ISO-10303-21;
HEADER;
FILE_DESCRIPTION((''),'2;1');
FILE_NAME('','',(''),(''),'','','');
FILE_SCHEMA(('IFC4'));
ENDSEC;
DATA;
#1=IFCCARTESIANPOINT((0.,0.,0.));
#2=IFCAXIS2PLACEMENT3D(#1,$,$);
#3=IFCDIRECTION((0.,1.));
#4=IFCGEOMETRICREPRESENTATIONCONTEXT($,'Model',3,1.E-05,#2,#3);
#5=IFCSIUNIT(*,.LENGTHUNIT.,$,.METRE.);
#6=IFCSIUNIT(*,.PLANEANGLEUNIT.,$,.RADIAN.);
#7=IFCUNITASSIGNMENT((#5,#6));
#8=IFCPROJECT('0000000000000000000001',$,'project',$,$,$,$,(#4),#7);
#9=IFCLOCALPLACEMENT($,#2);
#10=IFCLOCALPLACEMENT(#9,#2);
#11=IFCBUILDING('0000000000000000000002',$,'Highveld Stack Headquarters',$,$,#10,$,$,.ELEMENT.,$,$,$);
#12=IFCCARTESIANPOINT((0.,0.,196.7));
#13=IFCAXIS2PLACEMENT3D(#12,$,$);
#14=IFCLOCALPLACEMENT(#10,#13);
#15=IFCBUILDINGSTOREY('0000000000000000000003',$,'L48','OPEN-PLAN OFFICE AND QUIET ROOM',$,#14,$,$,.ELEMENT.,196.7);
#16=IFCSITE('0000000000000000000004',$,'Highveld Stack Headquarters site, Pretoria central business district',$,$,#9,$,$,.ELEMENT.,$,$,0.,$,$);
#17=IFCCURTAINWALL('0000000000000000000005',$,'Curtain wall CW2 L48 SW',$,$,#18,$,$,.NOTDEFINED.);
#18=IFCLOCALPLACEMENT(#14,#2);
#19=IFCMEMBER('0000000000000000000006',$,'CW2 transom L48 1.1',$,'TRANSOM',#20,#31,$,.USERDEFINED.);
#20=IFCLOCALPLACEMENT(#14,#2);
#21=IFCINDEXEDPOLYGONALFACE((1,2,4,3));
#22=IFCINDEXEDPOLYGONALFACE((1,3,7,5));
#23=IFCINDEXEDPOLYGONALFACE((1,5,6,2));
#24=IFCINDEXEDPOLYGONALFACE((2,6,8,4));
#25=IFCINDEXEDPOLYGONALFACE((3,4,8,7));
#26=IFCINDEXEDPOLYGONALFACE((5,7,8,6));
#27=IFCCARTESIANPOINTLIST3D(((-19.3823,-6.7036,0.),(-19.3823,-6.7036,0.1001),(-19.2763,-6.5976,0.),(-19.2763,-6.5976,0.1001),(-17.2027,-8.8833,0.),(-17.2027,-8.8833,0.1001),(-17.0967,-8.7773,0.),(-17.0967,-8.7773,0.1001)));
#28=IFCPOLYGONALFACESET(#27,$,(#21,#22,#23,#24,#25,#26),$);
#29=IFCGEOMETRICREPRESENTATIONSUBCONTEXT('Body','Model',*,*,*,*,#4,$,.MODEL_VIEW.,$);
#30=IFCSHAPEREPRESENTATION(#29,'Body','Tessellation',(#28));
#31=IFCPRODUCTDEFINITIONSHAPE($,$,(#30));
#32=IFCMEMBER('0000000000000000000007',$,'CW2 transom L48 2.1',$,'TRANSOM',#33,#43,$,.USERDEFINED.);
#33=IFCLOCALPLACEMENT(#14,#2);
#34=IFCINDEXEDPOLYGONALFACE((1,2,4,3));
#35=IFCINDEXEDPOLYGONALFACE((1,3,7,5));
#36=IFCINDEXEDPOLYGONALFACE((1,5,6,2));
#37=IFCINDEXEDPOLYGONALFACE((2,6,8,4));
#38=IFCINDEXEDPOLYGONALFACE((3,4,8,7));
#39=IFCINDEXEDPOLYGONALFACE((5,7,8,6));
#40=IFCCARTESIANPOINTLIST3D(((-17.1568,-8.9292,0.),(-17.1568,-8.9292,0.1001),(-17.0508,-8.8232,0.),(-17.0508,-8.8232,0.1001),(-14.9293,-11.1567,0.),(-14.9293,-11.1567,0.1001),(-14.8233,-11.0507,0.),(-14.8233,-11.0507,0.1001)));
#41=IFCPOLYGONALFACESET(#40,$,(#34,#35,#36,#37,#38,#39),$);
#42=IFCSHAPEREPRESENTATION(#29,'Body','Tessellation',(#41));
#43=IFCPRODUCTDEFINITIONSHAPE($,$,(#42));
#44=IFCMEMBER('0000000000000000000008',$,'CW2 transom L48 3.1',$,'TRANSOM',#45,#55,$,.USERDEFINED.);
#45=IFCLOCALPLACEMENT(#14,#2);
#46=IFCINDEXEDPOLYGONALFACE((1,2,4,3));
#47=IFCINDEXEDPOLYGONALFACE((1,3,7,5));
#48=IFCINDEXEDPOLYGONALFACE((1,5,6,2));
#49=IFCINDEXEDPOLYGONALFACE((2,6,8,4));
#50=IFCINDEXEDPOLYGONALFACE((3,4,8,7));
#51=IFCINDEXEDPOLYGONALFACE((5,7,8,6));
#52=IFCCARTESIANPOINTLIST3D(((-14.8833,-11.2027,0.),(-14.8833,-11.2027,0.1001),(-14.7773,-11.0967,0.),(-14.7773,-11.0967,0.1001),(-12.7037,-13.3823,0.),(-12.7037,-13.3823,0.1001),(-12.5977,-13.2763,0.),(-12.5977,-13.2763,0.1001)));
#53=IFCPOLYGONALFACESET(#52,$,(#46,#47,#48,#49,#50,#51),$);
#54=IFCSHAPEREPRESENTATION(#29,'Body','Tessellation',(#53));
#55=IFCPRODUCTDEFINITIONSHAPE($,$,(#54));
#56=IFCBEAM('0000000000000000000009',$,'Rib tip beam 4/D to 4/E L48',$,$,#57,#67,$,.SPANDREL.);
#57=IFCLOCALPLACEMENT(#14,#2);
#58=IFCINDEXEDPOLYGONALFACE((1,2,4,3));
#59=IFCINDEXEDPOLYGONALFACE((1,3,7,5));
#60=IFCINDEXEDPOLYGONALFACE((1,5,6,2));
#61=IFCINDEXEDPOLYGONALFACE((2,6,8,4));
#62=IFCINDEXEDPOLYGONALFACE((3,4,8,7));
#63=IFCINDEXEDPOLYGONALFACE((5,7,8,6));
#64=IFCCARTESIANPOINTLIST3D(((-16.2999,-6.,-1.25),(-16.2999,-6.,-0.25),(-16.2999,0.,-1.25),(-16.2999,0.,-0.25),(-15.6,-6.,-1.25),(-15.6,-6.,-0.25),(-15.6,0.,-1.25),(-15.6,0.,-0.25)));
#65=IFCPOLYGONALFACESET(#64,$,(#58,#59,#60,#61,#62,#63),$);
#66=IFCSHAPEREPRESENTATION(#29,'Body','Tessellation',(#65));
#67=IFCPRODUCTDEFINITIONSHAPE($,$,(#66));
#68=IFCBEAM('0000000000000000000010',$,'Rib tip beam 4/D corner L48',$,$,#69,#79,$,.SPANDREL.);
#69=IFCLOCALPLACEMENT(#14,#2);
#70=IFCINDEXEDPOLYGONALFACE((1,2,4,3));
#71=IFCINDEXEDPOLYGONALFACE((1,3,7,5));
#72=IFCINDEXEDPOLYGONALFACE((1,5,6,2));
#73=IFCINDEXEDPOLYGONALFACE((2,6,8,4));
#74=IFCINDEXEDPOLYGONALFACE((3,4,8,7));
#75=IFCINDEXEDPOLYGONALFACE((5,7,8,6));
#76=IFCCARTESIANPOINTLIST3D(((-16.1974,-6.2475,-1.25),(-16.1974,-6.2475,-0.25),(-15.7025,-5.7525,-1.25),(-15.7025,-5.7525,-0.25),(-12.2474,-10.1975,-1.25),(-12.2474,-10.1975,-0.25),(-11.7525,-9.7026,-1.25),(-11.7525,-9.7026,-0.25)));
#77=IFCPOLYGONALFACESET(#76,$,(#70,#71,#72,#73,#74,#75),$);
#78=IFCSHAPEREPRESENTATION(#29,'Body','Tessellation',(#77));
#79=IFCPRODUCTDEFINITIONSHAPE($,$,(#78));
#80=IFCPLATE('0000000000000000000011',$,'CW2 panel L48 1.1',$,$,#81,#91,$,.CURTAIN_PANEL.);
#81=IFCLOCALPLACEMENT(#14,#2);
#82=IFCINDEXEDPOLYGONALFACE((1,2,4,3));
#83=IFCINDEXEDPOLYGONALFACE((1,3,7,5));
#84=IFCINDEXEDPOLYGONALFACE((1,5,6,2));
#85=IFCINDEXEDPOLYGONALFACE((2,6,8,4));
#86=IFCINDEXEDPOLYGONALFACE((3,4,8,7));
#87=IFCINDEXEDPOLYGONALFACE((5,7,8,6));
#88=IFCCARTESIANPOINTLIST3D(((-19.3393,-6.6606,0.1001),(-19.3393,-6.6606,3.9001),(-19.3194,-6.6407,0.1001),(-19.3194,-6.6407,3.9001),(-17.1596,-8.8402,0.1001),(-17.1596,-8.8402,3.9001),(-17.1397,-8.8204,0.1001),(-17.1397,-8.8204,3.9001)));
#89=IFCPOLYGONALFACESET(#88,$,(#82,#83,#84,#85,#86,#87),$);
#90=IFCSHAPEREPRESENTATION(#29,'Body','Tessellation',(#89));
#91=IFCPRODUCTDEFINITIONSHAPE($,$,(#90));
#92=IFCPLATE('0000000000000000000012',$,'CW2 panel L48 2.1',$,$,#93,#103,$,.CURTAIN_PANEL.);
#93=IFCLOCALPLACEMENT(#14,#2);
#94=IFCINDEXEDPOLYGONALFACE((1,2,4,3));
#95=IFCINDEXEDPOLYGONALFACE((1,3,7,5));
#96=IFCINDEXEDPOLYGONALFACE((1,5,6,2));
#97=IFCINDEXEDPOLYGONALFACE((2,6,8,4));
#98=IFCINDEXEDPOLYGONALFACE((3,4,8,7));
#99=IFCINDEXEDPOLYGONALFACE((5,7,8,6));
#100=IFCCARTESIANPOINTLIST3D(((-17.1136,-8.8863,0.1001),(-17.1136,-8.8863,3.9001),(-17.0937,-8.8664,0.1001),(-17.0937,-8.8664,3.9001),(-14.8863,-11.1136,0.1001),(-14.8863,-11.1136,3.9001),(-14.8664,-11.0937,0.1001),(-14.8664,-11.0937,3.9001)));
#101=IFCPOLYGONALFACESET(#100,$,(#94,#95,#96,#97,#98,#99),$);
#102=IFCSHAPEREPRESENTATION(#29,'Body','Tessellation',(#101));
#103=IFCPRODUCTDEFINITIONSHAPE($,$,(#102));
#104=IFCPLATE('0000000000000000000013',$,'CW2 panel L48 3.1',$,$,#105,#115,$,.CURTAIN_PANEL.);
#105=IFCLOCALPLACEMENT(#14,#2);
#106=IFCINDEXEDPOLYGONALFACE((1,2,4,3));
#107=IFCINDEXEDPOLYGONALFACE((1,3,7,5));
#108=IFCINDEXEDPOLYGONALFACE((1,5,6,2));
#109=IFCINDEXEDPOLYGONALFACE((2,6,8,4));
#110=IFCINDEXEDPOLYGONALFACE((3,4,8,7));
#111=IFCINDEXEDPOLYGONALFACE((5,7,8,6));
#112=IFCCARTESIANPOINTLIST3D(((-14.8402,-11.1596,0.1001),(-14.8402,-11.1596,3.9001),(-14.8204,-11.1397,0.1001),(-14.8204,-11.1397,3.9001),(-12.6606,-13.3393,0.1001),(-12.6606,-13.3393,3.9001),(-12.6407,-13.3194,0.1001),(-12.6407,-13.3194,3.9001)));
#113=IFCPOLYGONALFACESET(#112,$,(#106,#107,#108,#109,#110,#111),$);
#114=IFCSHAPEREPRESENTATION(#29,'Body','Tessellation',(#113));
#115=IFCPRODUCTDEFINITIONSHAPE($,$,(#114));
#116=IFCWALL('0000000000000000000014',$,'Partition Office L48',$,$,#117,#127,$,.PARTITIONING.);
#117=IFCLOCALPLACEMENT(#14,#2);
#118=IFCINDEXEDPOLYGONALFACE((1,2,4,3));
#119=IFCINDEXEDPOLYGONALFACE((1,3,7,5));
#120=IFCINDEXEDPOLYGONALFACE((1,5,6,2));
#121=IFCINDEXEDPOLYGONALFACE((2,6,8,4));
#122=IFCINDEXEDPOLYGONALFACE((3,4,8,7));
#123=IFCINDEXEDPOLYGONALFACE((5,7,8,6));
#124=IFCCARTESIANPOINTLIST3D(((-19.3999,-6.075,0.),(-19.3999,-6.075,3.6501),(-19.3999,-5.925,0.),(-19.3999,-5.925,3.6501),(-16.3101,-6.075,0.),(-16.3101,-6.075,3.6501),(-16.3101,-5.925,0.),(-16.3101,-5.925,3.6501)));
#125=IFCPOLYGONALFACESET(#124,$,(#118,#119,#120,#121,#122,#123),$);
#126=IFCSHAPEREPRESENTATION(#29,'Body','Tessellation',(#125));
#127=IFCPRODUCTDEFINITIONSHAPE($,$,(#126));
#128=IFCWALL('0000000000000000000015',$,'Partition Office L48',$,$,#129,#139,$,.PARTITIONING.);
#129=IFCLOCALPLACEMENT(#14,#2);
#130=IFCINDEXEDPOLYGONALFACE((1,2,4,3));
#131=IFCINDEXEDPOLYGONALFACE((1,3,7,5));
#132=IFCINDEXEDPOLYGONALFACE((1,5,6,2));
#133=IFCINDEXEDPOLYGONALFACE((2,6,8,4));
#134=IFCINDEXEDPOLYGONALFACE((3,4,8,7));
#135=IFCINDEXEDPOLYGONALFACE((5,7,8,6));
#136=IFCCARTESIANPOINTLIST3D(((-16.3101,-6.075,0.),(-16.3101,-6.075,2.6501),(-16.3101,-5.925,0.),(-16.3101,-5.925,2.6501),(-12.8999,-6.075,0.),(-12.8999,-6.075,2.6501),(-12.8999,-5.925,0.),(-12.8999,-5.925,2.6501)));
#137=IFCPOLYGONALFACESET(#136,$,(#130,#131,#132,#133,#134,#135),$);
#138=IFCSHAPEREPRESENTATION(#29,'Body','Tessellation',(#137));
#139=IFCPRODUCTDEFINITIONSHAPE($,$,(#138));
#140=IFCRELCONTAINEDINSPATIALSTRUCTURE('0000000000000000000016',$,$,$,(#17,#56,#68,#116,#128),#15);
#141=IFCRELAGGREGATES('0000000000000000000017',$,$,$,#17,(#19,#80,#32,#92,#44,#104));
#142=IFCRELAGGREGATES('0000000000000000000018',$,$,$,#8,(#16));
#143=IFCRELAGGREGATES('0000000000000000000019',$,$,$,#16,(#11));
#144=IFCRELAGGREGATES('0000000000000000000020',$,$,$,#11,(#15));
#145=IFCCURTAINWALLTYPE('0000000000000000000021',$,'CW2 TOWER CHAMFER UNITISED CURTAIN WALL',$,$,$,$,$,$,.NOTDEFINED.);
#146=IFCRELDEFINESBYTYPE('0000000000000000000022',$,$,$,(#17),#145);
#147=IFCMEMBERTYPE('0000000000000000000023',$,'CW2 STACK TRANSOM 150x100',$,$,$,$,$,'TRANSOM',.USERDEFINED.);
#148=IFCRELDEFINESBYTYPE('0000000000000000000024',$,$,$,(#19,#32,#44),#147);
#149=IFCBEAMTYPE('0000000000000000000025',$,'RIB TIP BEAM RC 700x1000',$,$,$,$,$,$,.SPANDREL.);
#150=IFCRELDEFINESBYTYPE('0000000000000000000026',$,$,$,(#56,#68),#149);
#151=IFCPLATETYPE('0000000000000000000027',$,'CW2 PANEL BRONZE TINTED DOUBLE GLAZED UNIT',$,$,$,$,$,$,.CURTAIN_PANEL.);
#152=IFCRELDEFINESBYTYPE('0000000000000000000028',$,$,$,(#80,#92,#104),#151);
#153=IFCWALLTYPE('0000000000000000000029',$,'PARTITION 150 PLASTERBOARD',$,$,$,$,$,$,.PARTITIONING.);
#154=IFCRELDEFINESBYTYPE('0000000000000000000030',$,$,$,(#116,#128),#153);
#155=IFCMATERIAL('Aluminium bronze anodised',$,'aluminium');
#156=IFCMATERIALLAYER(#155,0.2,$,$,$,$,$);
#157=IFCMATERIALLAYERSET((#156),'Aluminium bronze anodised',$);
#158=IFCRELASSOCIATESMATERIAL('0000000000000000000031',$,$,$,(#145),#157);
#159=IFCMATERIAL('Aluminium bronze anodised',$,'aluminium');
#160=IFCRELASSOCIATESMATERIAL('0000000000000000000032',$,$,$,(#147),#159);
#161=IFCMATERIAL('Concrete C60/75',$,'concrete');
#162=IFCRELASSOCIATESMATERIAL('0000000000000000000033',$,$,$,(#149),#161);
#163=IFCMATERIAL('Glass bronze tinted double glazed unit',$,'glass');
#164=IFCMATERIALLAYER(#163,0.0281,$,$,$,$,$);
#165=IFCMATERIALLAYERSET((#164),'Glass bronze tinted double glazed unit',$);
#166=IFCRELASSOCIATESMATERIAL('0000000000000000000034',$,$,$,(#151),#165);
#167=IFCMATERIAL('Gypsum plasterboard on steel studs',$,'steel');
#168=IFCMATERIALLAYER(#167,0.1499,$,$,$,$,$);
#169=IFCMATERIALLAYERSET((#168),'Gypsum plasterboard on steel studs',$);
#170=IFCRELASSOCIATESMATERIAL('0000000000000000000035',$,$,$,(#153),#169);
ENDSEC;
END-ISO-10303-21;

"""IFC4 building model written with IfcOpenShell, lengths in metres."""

from ifc_helpers import new_model, si_unit, direction, frame, frame_2d, origin, origin_2d, place, context, subcontext, project, spatial, rectangle, extrude, material, layer, layer_set, material_profile, profile_set, type_object, element, aggregate, save


model = new_model("IFC4")

# Units and contexts
model_context = context("Model", 3, precision=1e-05, world=origin(), true_north=direction((0.0, 1.0)))
body_context = subcontext(model_context, "Body", "Model", "MODEL_VIEW")
ifc_project = project(units=[si_unit("LENGTHUNIT", "METRE"), si_unit("PLANEANGLEUNIT", "RADIAN")], contexts=[model_context])

# Site, building, storey
site_placement = place(None, origin())
site = spatial("IfcSite", under=ifc_project, at=site_placement, Name="Highveld Stack Headquarters site, Pretoria central business district", CompositionType="ELEMENT", RefElevation=0.0)
building_placement = place(site_placement, origin())
building = spatial("IfcBuilding", under=site, at=building_placement, Name="Highveld Stack Headquarters", CompositionType="ELEMENT")
storey_placement = place(building_placement, frame((0.0, 0.0, 196.7)))
storey = spatial("IfcBuildingStorey", under=building, at=storey_placement, Name="L48", Description="OPEN-PLAN OFFICE AND QUIET ROOM", CompositionType="ELEMENT", Elevation=196.7)

# Curtain wall, members
ifc_material_1 = material(Name="Aluminium bronze anodised", Category="aluminium")
ifc_layer_1 = layer(ifc_material_1, 0.2)
ifc_layer_set_1 = layer_set([ifc_layer_1], Name="Aluminium bronze anodised")
curtain_wall_type_1 = type_object("IfcCurtainWallType", Name="CW2 TOWER CHAMFER UNITISED CURTAIN WALL", PredefinedType="NOTDEFINED", material=ifc_layer_set_1)
curtain_wall_1_placement = place(storey_placement, origin())
curtain_wall_1 = element("IfcCurtainWall", 1, at=curtain_wall_1_placement, inside=storey, type_object=curtain_wall_type_1, Name="Curtain wall CW2 L48 SW", PredefinedType="NOTDEFINED")
ifc_material_2 = material(Name="Aluminium bronze anodised", Category="aluminium")
ifc_material_profile_1 = material_profile(ifc_material_2, rectangle(XDim=0.1499, YDim=0.1001, at=origin_2d()), Name="CW2 TRANSOM 150x100")
ifc_profile_set_1 = profile_set([ifc_material_profile_1], Name="Aluminium bronze anodised")
member_type_1 = type_object("IfcMemberType", Name="CW2 STACK TRANSOM 150x100", ElementType="TRANSOM", PredefinedType="USERDEFINED", material=ifc_profile_set_1)
member_1_placement = place(storey_placement, frame((-19.3293, -6.6506, 0.05), z_axis=(0.707107, -0.707107, 0.0), x_axis=(0.707107, 0.707107, 0.0)))
member_1 = element("IfcMember", 2, at=member_1_placement, type_object=member_type_1, Name="CW2 transom L48 1.1", ObjectType="TRANSOM", PredefinedType="USERDEFINED", context=body_context, shape_type="SweptSolid", body=[
    extrude(rectangle(XDim=0.1499, YDim=0.1001, at=origin_2d()), origin(), (0.0, 0.0, 1.0), 3.0825),
])
member_2_placement = place(storey_placement, frame((-17.1038, -8.8762, 0.05), z_axis=(0.707107, -0.707107, 0.0), x_axis=(0.707107, 0.707107, 0.0)))
member_2 = element("IfcMember", 3, at=member_2_placement, type_object=member_type_1, Name="CW2 transom L48 2.1", ObjectType="TRANSOM", PredefinedType="USERDEFINED", context=body_context, shape_type="SweptSolid", body=[
    extrude(rectangle(XDim=0.1499, YDim=0.1001, at=origin_2d()), origin(), (0.0, 0.0, 1.0), 3.1501),
])
member_3_placement = place(storey_placement, frame((-14.8303, -11.1497, 0.05), z_axis=(0.707107, -0.707107, 0.0), x_axis=(0.707107, 0.707107, 0.0)))
member_3 = element("IfcMember", 4, at=member_3_placement, type_object=member_type_1, Name="CW2 transom L48 3.1", ObjectType="TRANSOM", PredefinedType="USERDEFINED", context=body_context, shape_type="SweptSolid", body=[
    extrude(rectangle(XDim=0.1499, YDim=0.1001, at=origin_2d()), origin(), (0.0, 0.0, 1.0), 3.0825),
])

# Beams
ifc_material_3 = material(Name="Concrete C60/75", Category="concrete")
ifc_material_profile_2 = material_profile(ifc_material_3, rectangle(XDim=0.7, YDim=1.0, at=origin_2d()), Name="RC 700x1000")
ifc_profile_set_2 = profile_set([ifc_material_profile_2], Name="Concrete C60/75")
beam_type_1 = type_object("IfcBeamType", Name="RIB TIP BEAM RC 700x1000", PredefinedType="SPANDREL", material=ifc_profile_set_2)
beam_1_placement = place(storey_placement, frame((-15.95, -6.0, -0.75), z_axis=(0.0, 1.0, 0.0), x_axis=(-1.0, 0.0, 0.0)))
element("IfcBeam", 5, at=beam_1_placement, inside=storey, type_object=beam_type_1, Name="Rib tip beam 4/D to 4/E L48", PredefinedType="SPANDREL", context=body_context, shape_type="SweptSolid", body=[
    extrude(rectangle(XDim=0.7, YDim=1.0, at=origin_2d()), origin(), (0.0, 0.0, 1.0), 6.0),
])
beam_2_placement = place(storey_placement, frame((-15.95, -6.0, -0.75), z_axis=(0.707107, -0.707107, 0.0), x_axis=(0.707107, 0.707107, 0.0)))
element("IfcBeam", 6, at=beam_2_placement, inside=storey, type_object=beam_type_1, Name="Rib tip beam 4/D corner L48", PredefinedType="SPANDREL", context=body_context, shape_type="SweptSolid", body=[
    extrude(rectangle(XDim=0.7, YDim=1.0, at=origin_2d()), origin(), (0.0, 0.0, 1.0), 5.5862),
])

# Plates
ifc_material_4 = material(Name="Glass bronze tinted double glazed unit", Category="glass")
ifc_layer_2 = layer(ifc_material_4, 0.0281)
ifc_layer_set_2 = layer_set([ifc_layer_2], Name="Glass bronze tinted double glazed unit")
plate_type = type_object("IfcPlateType", Name="CW2 PANEL BRONZE TINTED DOUBLE GLAZED UNIT", PredefinedType="CURTAIN_PANEL", material=ifc_layer_set_2)
plate_1_placement = place(storey_placement, frame((-18.2395, -7.7405, 0.1001), z_axis=(0.0, 0.0, 1.0), x_axis=(0.707107, -0.707107, 0.0)))
plate_1 = element("IfcPlate", 7, at=plate_1_placement, type_object=plate_type, Name="CW2 panel L48 1.1", PredefinedType="CURTAIN_PANEL", context=body_context, shape_type="SweptSolid", body=[
    extrude(rectangle(XDim=3.0825, YDim=0.0281, at=origin_2d()), origin(), (0.0, 0.0, 1.0), 3.8),
])
plate_2_placement = place(storey_placement, frame((-15.99, -9.99, 0.1001), z_axis=(0.0, 0.0, 1.0), x_axis=(0.707107, -0.707107, 0.0)))
plate_2 = element("IfcPlate", 8, at=plate_2_placement, type_object=plate_type, Name="CW2 panel L48 2.1", PredefinedType="CURTAIN_PANEL", context=body_context, shape_type="SweptSolid", body=[
    extrude(rectangle(XDim=3.1499, YDim=0.0281, at=origin_2d()), origin(), (0.0, 0.0, 1.0), 3.8),
])
plate_3_placement = place(storey_placement, frame((-13.7405, -12.2395, 0.1001), z_axis=(0.0, 0.0, 1.0), x_axis=(0.707107, -0.707107, 0.0)))
plate_3 = element("IfcPlate", 9, at=plate_3_placement, type_object=plate_type, Name="CW2 panel L48 3.1", PredefinedType="CURTAIN_PANEL", context=body_context, shape_type="SweptSolid", body=[
    extrude(rectangle(XDim=3.0825, YDim=0.0281, at=origin_2d()), origin(), (0.0, 0.0, 1.0), 3.8),
])
aggregate(curtain_wall_1, [member_1, plate_1, member_2, plate_2, member_3, plate_3])

# Walls
ifc_material_5 = material(Name="Gypsum plasterboard on steel studs", Category="steel")
ifc_layer_3 = layer(ifc_material_5, 0.1499)
ifc_layer_set_3 = layer_set([ifc_layer_3], Name="Gypsum plasterboard on steel studs")
wall_type = type_object("IfcWallType", Name="PARTITION 150 PLASTERBOARD", PredefinedType="PARTITIONING", material=ifc_layer_set_3)
wall_1_placement = place(storey_placement, frame((-19.3999, -6.0, 0.0), z_axis=(0.0, 0.0, 1.0), x_axis=(1.0, 0.0, 0.0)))
element("IfcWall", 10, at=wall_1_placement, inside=storey, type_object=wall_type, Name="Partition Office L48", PredefinedType="PARTITIONING", context=body_context, shape_type="SweptSolid", body=[
    extrude(rectangle(XDim=3.0898, YDim=0.1499, at=frame_2d((1.5449, 0.0))), origin(), (0.0, 0.0, 1.0), 3.6501),
])
wall_2_placement = place(storey_placement, frame((-16.3101, -6.0, 0.0), z_axis=(0.0, 0.0, 1.0), x_axis=(1.0, 0.0, 0.0)))
element("IfcWall", 11, at=wall_2_placement, inside=storey, type_object=wall_type, Name="Partition Office L48", PredefinedType="PARTITIONING", context=body_context, shape_type="SweptSolid", body=[
    extrude(rectangle(XDim=3.4102, YDim=0.1499, at=frame_2d((1.7051, 0.0))), origin(), (0.0, 0.0, 1.0), 2.6501),
])

save(model, "model.ifc")
